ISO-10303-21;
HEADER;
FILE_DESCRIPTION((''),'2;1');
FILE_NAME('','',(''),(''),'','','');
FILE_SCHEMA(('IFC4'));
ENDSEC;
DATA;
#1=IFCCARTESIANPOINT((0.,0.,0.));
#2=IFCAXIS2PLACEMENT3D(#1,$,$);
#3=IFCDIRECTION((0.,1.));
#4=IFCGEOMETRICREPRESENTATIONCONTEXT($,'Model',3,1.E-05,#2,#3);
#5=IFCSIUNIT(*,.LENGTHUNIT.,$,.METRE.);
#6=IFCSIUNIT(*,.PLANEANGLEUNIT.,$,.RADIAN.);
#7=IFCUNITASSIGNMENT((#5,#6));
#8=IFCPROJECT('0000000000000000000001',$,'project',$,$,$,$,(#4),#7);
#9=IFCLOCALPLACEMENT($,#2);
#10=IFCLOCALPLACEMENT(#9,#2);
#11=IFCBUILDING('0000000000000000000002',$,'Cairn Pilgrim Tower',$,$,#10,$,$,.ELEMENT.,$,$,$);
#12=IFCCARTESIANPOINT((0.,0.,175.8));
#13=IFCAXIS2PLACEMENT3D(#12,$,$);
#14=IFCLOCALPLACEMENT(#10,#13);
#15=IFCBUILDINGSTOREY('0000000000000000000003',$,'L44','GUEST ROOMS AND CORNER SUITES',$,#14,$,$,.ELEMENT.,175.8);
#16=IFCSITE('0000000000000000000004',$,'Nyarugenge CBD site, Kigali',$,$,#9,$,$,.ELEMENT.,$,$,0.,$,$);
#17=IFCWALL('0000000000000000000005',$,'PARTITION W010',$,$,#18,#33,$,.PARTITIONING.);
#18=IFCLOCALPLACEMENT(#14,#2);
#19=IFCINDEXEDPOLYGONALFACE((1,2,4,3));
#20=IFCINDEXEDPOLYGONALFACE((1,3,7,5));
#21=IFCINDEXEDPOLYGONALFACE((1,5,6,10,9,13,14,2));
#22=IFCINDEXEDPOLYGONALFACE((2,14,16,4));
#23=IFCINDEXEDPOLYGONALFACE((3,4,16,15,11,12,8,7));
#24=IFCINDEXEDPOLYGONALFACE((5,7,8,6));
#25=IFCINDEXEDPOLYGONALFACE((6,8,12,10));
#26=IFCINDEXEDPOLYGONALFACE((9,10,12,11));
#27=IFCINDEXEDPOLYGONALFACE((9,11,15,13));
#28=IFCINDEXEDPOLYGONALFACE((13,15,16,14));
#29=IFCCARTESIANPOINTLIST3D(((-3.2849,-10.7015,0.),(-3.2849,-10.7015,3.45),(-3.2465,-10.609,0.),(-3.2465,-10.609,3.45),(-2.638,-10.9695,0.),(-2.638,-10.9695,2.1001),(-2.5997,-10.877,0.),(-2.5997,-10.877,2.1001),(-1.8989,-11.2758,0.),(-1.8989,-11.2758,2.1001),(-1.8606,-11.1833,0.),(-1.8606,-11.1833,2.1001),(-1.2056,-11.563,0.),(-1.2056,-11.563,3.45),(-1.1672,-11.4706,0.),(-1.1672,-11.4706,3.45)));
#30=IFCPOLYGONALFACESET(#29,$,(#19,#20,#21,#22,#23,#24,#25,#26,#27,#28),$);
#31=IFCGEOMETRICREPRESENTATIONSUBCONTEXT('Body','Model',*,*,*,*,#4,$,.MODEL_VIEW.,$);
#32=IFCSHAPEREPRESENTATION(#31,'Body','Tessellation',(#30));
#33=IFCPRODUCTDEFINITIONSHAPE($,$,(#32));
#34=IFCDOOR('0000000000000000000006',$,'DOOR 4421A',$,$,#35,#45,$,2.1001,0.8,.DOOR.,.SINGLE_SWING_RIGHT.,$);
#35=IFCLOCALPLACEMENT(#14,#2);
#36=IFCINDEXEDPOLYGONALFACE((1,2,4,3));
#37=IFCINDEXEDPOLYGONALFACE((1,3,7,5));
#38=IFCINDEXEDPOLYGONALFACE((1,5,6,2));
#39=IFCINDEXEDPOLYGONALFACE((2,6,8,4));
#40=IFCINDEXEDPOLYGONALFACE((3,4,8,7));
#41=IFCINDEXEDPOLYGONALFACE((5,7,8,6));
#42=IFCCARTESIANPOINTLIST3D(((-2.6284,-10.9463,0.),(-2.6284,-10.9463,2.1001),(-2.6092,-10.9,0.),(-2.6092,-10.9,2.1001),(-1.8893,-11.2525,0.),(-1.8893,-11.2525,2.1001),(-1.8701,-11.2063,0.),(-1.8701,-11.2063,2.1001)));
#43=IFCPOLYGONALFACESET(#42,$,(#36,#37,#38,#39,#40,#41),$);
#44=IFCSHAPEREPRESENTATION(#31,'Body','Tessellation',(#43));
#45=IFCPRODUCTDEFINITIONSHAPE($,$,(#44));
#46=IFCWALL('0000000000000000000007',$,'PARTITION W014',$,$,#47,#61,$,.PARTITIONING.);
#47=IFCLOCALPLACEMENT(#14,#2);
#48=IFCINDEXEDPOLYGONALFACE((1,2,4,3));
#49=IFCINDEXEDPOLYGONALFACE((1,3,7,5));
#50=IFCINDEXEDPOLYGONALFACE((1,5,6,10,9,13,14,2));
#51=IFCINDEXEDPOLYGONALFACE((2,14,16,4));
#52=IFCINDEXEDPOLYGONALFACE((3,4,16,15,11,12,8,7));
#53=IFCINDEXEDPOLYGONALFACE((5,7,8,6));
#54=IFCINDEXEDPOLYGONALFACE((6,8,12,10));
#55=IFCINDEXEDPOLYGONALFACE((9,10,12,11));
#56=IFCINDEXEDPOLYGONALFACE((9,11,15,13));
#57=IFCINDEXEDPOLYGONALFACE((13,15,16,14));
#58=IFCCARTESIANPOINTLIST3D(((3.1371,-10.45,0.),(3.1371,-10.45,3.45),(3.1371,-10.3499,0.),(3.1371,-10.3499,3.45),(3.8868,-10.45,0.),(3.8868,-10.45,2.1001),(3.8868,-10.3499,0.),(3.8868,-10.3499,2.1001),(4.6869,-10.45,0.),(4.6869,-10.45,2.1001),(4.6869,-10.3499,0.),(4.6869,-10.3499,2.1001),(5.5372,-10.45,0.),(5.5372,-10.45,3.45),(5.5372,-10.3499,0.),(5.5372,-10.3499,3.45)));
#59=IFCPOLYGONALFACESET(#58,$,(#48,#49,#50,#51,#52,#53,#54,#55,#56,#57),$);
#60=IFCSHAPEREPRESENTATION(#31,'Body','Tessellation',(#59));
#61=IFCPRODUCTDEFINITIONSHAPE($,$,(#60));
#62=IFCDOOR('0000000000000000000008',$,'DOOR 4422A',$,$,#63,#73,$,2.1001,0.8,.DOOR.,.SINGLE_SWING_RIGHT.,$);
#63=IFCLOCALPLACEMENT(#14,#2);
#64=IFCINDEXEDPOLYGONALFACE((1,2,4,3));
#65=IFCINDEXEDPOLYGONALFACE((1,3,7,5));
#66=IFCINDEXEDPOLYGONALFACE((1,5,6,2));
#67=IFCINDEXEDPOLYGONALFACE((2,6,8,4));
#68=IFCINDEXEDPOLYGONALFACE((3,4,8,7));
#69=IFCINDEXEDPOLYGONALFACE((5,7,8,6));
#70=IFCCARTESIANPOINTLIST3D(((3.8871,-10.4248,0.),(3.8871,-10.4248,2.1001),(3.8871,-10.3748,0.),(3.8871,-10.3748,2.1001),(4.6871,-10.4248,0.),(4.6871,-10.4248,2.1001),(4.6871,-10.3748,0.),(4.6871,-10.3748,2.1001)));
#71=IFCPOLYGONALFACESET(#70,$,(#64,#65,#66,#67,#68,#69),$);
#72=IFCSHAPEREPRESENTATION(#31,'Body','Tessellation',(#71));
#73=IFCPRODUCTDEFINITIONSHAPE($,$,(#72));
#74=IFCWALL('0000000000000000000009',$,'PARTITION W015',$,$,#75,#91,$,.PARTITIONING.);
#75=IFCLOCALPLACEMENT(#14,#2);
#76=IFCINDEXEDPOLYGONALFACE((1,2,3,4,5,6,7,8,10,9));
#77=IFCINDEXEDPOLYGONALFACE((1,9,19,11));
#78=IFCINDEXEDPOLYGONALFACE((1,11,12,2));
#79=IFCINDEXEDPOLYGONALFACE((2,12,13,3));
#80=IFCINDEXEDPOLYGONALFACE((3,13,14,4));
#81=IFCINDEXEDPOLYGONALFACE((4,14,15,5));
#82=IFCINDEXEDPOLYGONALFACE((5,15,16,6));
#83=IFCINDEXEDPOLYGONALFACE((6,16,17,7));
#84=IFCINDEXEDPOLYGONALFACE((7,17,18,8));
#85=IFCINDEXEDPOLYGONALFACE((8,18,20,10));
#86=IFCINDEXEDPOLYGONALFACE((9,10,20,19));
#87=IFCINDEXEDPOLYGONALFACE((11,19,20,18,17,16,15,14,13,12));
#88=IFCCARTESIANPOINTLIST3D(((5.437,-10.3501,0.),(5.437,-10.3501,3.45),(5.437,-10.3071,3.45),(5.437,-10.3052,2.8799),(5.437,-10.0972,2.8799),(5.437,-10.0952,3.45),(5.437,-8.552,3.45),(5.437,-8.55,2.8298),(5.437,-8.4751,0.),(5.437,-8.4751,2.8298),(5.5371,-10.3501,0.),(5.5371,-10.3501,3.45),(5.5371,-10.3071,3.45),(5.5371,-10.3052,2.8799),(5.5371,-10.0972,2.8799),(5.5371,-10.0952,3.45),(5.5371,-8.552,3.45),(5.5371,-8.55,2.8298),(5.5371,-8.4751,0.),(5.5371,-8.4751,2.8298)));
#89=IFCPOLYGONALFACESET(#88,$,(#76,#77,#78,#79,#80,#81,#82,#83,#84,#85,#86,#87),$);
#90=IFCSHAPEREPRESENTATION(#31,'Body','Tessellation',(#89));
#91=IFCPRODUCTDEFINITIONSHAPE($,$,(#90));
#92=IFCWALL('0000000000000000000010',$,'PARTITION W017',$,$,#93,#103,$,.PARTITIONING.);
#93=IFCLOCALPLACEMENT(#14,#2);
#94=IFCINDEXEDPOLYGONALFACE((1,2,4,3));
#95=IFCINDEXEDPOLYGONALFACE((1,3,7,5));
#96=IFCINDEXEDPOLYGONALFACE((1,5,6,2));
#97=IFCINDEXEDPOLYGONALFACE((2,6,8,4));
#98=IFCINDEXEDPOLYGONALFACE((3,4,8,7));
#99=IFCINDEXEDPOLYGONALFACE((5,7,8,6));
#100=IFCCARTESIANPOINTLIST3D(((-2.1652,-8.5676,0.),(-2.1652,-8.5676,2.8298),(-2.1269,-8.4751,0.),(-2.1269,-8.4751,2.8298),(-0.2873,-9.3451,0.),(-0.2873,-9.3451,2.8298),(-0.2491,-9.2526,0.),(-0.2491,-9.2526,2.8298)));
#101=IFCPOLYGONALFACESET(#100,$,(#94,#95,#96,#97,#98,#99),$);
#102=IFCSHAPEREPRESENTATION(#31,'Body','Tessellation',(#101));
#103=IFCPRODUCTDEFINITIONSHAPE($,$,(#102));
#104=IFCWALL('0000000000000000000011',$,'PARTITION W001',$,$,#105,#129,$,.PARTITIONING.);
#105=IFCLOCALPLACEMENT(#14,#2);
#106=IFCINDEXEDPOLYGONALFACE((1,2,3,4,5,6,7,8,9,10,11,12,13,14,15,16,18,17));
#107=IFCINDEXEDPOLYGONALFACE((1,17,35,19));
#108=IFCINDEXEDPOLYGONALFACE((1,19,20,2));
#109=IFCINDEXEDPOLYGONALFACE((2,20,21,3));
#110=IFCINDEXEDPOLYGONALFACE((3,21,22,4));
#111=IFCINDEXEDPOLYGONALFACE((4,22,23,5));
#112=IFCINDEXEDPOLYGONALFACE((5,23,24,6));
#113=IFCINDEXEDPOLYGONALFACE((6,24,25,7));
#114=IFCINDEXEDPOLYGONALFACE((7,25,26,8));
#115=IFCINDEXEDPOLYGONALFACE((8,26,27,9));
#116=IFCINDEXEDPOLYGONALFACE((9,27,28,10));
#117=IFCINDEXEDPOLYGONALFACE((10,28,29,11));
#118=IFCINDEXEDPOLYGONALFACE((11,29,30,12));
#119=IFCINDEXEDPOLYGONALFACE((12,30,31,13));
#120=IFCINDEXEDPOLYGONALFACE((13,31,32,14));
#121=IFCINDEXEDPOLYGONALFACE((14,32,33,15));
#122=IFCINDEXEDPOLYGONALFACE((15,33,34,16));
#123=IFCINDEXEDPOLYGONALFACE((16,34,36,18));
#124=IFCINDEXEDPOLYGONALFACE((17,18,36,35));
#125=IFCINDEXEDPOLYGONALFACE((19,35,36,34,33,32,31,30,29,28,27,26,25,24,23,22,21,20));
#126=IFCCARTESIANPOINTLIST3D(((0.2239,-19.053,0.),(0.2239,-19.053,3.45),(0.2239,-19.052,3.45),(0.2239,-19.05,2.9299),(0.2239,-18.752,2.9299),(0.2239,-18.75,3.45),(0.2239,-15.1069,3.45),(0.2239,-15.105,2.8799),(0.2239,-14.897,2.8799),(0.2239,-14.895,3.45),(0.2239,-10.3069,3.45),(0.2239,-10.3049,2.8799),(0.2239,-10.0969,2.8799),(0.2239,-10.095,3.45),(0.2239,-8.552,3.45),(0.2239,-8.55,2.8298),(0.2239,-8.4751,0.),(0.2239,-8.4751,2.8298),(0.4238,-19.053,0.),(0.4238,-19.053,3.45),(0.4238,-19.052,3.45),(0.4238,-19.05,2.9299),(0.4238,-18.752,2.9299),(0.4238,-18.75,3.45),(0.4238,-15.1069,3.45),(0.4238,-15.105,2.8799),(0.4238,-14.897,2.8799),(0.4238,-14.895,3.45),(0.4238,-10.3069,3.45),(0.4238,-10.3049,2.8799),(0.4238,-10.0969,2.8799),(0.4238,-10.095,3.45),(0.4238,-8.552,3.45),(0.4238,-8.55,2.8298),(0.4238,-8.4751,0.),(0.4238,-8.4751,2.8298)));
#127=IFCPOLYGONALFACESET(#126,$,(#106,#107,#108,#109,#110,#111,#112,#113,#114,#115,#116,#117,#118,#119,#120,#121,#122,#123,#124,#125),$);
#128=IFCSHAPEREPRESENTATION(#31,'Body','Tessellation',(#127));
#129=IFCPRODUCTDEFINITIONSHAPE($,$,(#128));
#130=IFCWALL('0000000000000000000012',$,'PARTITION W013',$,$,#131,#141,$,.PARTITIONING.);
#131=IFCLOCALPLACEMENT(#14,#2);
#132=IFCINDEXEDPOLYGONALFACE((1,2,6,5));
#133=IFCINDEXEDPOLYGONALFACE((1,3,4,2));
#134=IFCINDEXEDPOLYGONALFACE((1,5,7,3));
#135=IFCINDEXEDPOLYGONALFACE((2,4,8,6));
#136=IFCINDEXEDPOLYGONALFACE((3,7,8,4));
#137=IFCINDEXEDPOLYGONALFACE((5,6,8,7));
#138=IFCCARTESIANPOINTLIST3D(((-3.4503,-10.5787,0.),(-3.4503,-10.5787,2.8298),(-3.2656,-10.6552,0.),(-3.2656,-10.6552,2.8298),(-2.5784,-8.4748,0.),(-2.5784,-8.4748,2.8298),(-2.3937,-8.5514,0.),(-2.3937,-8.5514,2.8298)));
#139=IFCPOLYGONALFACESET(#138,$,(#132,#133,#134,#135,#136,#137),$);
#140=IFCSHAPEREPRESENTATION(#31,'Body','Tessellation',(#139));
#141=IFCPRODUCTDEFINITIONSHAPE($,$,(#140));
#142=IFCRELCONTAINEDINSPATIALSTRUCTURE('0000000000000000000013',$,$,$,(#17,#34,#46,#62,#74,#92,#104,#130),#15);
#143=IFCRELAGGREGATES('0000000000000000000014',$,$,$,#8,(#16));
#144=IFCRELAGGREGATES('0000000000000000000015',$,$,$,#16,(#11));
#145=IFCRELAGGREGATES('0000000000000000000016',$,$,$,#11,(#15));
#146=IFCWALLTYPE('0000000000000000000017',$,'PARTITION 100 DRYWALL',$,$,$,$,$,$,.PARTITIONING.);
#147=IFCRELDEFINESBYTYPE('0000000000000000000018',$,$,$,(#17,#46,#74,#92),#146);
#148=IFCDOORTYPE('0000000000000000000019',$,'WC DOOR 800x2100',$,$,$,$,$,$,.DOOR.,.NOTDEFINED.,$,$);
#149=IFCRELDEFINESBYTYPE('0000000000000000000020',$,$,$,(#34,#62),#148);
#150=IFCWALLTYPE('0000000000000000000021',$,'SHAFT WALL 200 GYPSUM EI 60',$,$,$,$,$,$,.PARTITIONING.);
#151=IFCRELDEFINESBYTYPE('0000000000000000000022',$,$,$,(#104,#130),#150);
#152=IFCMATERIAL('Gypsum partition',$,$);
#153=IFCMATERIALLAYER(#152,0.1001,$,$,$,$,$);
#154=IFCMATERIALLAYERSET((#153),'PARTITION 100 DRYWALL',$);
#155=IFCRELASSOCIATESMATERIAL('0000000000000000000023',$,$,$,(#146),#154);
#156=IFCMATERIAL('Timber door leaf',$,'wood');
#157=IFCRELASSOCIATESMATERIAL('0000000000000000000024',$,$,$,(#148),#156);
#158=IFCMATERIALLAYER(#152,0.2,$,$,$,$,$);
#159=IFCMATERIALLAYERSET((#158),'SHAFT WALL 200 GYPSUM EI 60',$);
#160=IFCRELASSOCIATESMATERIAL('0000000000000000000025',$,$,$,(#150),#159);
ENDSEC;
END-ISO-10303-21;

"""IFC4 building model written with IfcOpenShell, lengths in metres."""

from ifc_helpers import new_model, si_unit, direction, frame, frame_2d, origin, place, context, subcontext, project, spatial, polyline, rectangle, outline, extrude, material, layer, layer_set, type_object, element, fill, save


model = new_model("IFC4")

# Units and contexts
model_context = context("Model", 3, precision=1e-05, world=origin(), true_north=direction((0.0, 1.0)))
body_context = subcontext(model_context, "Body", "Model", "MODEL_VIEW")
ifc_project = project(units=[si_unit("LENGTHUNIT", "METRE"), si_unit("PLANEANGLEUNIT", "RADIAN")], contexts=[model_context])

# Site, building, storey
site_placement = place(None, origin())
site = spatial("IfcSite", under=ifc_project, at=site_placement, Name="Nyarugenge CBD site, Kigali", CompositionType="ELEMENT", RefElevation=0.0)
building_placement = place(site_placement, origin())
building = spatial("IfcBuilding", under=site, at=building_placement, Name="Cairn Pilgrim Tower", CompositionType="ELEMENT")
storey_placement = place(building_placement, frame((0.0, 0.0, 175.8)))
storey = spatial("IfcBuildingStorey", under=building, at=storey_placement, Name="L44", Description="GUEST ROOMS AND CORNER SUITES", CompositionType="ELEMENT", Elevation=175.8)

# Shared definitions
ifc_material_1 = material(Name="Gypsum partition")
ifc_layer_1 = layer(ifc_material_1, 0.1001)
ifc_layer_set_1 = layer_set([ifc_layer_1], Name="PARTITION 100 DRYWALL")
wall_type_1 = type_object("IfcWallType", Name="PARTITION 100 DRYWALL", PredefinedType="PARTITIONING", material=ifc_layer_set_1)
ifc_material_2 = material(Name="Timber door leaf", Category="wood")

# Walls, openings, doors
wall_1_placement = place(storey_placement, frame((-1.1863, -11.5168, 0.0), z_axis=(0.0, 0.0, 1.0), x_axis=(-0.923836, 0.382789, 0.0)))
wall_1 = element("IfcWall", 1, at=wall_1_placement, inside=storey, type_object=wall_type_1, Name="PARTITION W010", PredefinedType="PARTITIONING", context=body_context, shape_type="SweptSolid", body=[
    extrude(rectangle(XDim=2.2507, YDim=0.1001, at=frame_2d((1.1255, 0.0))), origin(), (0.0, 0.0, 1.0), 3.45),
])
opening_1_placement = place(wall_1_placement, frame((0.7507, 0.0, 0.0)))
opening_1 = element("IfcOpeningElement", 2, at=opening_1_placement, cuts=wall_1, PredefinedType="OPENING", context=body_context, shape_type="SweptSolid", body=[
    extrude(rectangle(XDim=0.8, YDim=2.1001, at=frame_2d((0.3999, 1.05))), frame((0.0, 0.0601, 0.0), z_axis=(0.0, -1.0, 0.0), x_axis=(1.0, 0.0, 0.0)), (0.0, 0.0, 1.0), 0.1201),
])
door_type_1 = type_object("IfcDoorType", Name="WC DOOR 800x2100", OperationType="NOTDEFINED", PredefinedType="DOOR", material=ifc_material_2)
door_1_placement = place(opening_1_placement, origin())
door_1 = element("IfcDoor", 3, at=door_1_placement, inside=storey, type_object=door_type_1, Name="DOOR 4421A", OperationType="SINGLE_SWING_RIGHT", OverallHeight=2.1001, OverallWidth=0.8, PredefinedType="DOOR", context=body_context, shape_type="SweptSolid", body=[
    extrude(rectangle(XDim=0.8, YDim=2.1001, at=frame_2d((0.3999, 1.05))), frame((0.0, 0.0249, 0.0), z_axis=(0.0, -1.0, 0.0), x_axis=(1.0, 0.0, 0.0)), (0.0, 0.0, 1.0), 0.05),
])
fill(opening_1, door_1)
wall_2_placement = place(storey_placement, frame((3.137, -10.3999, 0.0), z_axis=(0.0, 0.0, 1.0), x_axis=(1.0, 0.0, 0.0)))
wall_2 = element("IfcWall", 4, at=wall_2_placement, inside=storey, type_object=wall_type_1, Name="PARTITION W014", PredefinedType="PARTITIONING", context=body_context, shape_type="SweptSolid", body=[
    extrude(rectangle(XDim=2.4001, YDim=0.1001, at=frame_2d((1.2002, 0.0))), origin(), (0.0, 0.0, 1.0), 3.45),
])
opening_2_placement = place(wall_2_placement, frame((0.75, 0.0, 0.0)))
opening_2 = element("IfcOpeningElement", 5, at=opening_2_placement, cuts=wall_2, PredefinedType="OPENING", context=body_context, shape_type="SweptSolid", body=[
    extrude(rectangle(XDim=0.8, YDim=2.1001, at=frame_2d((0.3999, 1.05))), frame((0.0, 0.0601, 0.0), z_axis=(0.0, -1.0, 0.0), x_axis=(1.0, 0.0, 0.0)), (0.0, 0.0, 1.0), 0.1201),
])
door_2_placement = place(opening_2_placement, frame((0.8, 0.0, 0.0), z_axis=(0.0, 0.0, 1.0), x_axis=(-1.0, 0.0, 0.0)))
door_2 = element("IfcDoor", 6, at=door_2_placement, inside=storey, type_object=door_type_1, Name="DOOR 4422A", OperationType="SINGLE_SWING_RIGHT", OverallHeight=2.1001, OverallWidth=0.8, PredefinedType="DOOR", context=body_context, shape_type="SweptSolid", body=[
    extrude(rectangle(XDim=0.8, YDim=2.1001, at=frame_2d((0.3999, 1.05))), frame((0.0, 0.0249, 0.0), z_axis=(0.0, -1.0, 0.0), x_axis=(1.0, 0.0, 0.0)), (0.0, 0.0, 1.0), 0.05),
])
fill(opening_2, door_2)

# Walls
wall_3_placement = place(storey_placement, frame((5.4871, -10.3501, 0.0), z_axis=(0.0, 0.0, 1.0), x_axis=(0.0, 1.0, 0.0)))
element("IfcWall", 7, at=wall_3_placement, inside=storey, type_object=wall_type_1, Name="PARTITION W015", PredefinedType="PARTITIONING", context=body_context, shape_type="SweptSolid", body=[
    extrude(outline(polyline([(0.0, 0.0), (1.875, 0.0), (1.875, 2.8298), (1.8, 2.8298), (1.7981, 3.45), (0.2549, 3.45), (0.2529, 2.8799), (0.0449, 2.8799), (0.043, 3.45), (0.0, 3.45), (0.0, 0.0)])), frame((0.0, 0.05, 0.0), z_axis=(0.0, -1.0, 0.0), x_axis=(1.0, 0.0, 0.0)), (0.0, 0.0, 1.0), 0.1001),
])
wall_4_placement = place(storey_placement, frame((-0.2683, -9.2988, 0.0), z_axis=(0.0, 0.0, 1.0), x_axis=(-0.923928, 0.382568, 0.0)))
element("IfcWall", 8, at=wall_4_placement, inside=storey, type_object=wall_type_1, Name="PARTITION W017", PredefinedType="PARTITIONING", context=body_context, shape_type="SweptSolid", body=[
    extrude(rectangle(XDim=2.0325, YDim=0.1001, at=frame_2d((1.0161, 0.0))), origin(), (0.0, 0.0, 1.0), 2.8298),
])
ifc_layer_2 = layer(ifc_material_1, 0.2)
ifc_layer_set_2 = layer_set([ifc_layer_2], Name="SHAFT WALL 200 GYPSUM EI 60")
wall_type_2 = type_object("IfcWallType", Name="SHAFT WALL 200 GYPSUM EI 60", PredefinedType="PARTITIONING", material=ifc_layer_set_2)
wall_5_placement = place(storey_placement, frame((0.324, -19.053, 0.0), z_axis=(0.0, 0.0, 1.0), x_axis=(0.0, 1.0, 0.0)))
element("IfcWall", 9, at=wall_5_placement, inside=storey, type_object=wall_type_2, Name="PARTITION W001", PredefinedType="PARTITIONING", context=body_context, shape_type="SweptSolid", body=[
    extrude(outline(polyline([(0.0, 0.0), (10.5779, 0.0), (10.5779, 2.8298), (10.5029, 2.8298), (10.501, 3.45), (8.958, 3.45), (8.9561, 2.8799), (8.748, 2.8799), (8.7461, 3.45), (4.158, 3.45), (4.156, 2.8799), (3.948, 2.8799), (3.946, 3.45), (0.303, 3.45), (0.301, 2.9299), (0.0029, 2.9299), (0.001, 3.45), (0.0, 3.45), (0.0, 0.0)])), frame((0.0, 0.1001, 0.0), z_axis=(0.0, -1.0, 0.0), x_axis=(1.0, 0.0, 0.0)), (0.0, 0.0, 1.0), 0.2),
])
wall_6_placement = place(storey_placement, frame((-3.3579, -10.6169, 0.0), z_axis=(0.0, 0.0, 1.0), x_axis=(0.382841, 0.923814, 0.0)))
element("IfcWall", 10, at=wall_6_placement, inside=storey, type_object=wall_type_2, Name="PARTITION W013", PredefinedType="PARTITIONING", context=body_context, shape_type="SweptSolid", body=[
    extrude(rectangle(XDim=2.2773, YDim=0.2, at=frame_2d((1.1387, 0.0))), origin(), (0.0, 0.0, 1.0), 2.8298),
])

save(model, "model.ifc")
